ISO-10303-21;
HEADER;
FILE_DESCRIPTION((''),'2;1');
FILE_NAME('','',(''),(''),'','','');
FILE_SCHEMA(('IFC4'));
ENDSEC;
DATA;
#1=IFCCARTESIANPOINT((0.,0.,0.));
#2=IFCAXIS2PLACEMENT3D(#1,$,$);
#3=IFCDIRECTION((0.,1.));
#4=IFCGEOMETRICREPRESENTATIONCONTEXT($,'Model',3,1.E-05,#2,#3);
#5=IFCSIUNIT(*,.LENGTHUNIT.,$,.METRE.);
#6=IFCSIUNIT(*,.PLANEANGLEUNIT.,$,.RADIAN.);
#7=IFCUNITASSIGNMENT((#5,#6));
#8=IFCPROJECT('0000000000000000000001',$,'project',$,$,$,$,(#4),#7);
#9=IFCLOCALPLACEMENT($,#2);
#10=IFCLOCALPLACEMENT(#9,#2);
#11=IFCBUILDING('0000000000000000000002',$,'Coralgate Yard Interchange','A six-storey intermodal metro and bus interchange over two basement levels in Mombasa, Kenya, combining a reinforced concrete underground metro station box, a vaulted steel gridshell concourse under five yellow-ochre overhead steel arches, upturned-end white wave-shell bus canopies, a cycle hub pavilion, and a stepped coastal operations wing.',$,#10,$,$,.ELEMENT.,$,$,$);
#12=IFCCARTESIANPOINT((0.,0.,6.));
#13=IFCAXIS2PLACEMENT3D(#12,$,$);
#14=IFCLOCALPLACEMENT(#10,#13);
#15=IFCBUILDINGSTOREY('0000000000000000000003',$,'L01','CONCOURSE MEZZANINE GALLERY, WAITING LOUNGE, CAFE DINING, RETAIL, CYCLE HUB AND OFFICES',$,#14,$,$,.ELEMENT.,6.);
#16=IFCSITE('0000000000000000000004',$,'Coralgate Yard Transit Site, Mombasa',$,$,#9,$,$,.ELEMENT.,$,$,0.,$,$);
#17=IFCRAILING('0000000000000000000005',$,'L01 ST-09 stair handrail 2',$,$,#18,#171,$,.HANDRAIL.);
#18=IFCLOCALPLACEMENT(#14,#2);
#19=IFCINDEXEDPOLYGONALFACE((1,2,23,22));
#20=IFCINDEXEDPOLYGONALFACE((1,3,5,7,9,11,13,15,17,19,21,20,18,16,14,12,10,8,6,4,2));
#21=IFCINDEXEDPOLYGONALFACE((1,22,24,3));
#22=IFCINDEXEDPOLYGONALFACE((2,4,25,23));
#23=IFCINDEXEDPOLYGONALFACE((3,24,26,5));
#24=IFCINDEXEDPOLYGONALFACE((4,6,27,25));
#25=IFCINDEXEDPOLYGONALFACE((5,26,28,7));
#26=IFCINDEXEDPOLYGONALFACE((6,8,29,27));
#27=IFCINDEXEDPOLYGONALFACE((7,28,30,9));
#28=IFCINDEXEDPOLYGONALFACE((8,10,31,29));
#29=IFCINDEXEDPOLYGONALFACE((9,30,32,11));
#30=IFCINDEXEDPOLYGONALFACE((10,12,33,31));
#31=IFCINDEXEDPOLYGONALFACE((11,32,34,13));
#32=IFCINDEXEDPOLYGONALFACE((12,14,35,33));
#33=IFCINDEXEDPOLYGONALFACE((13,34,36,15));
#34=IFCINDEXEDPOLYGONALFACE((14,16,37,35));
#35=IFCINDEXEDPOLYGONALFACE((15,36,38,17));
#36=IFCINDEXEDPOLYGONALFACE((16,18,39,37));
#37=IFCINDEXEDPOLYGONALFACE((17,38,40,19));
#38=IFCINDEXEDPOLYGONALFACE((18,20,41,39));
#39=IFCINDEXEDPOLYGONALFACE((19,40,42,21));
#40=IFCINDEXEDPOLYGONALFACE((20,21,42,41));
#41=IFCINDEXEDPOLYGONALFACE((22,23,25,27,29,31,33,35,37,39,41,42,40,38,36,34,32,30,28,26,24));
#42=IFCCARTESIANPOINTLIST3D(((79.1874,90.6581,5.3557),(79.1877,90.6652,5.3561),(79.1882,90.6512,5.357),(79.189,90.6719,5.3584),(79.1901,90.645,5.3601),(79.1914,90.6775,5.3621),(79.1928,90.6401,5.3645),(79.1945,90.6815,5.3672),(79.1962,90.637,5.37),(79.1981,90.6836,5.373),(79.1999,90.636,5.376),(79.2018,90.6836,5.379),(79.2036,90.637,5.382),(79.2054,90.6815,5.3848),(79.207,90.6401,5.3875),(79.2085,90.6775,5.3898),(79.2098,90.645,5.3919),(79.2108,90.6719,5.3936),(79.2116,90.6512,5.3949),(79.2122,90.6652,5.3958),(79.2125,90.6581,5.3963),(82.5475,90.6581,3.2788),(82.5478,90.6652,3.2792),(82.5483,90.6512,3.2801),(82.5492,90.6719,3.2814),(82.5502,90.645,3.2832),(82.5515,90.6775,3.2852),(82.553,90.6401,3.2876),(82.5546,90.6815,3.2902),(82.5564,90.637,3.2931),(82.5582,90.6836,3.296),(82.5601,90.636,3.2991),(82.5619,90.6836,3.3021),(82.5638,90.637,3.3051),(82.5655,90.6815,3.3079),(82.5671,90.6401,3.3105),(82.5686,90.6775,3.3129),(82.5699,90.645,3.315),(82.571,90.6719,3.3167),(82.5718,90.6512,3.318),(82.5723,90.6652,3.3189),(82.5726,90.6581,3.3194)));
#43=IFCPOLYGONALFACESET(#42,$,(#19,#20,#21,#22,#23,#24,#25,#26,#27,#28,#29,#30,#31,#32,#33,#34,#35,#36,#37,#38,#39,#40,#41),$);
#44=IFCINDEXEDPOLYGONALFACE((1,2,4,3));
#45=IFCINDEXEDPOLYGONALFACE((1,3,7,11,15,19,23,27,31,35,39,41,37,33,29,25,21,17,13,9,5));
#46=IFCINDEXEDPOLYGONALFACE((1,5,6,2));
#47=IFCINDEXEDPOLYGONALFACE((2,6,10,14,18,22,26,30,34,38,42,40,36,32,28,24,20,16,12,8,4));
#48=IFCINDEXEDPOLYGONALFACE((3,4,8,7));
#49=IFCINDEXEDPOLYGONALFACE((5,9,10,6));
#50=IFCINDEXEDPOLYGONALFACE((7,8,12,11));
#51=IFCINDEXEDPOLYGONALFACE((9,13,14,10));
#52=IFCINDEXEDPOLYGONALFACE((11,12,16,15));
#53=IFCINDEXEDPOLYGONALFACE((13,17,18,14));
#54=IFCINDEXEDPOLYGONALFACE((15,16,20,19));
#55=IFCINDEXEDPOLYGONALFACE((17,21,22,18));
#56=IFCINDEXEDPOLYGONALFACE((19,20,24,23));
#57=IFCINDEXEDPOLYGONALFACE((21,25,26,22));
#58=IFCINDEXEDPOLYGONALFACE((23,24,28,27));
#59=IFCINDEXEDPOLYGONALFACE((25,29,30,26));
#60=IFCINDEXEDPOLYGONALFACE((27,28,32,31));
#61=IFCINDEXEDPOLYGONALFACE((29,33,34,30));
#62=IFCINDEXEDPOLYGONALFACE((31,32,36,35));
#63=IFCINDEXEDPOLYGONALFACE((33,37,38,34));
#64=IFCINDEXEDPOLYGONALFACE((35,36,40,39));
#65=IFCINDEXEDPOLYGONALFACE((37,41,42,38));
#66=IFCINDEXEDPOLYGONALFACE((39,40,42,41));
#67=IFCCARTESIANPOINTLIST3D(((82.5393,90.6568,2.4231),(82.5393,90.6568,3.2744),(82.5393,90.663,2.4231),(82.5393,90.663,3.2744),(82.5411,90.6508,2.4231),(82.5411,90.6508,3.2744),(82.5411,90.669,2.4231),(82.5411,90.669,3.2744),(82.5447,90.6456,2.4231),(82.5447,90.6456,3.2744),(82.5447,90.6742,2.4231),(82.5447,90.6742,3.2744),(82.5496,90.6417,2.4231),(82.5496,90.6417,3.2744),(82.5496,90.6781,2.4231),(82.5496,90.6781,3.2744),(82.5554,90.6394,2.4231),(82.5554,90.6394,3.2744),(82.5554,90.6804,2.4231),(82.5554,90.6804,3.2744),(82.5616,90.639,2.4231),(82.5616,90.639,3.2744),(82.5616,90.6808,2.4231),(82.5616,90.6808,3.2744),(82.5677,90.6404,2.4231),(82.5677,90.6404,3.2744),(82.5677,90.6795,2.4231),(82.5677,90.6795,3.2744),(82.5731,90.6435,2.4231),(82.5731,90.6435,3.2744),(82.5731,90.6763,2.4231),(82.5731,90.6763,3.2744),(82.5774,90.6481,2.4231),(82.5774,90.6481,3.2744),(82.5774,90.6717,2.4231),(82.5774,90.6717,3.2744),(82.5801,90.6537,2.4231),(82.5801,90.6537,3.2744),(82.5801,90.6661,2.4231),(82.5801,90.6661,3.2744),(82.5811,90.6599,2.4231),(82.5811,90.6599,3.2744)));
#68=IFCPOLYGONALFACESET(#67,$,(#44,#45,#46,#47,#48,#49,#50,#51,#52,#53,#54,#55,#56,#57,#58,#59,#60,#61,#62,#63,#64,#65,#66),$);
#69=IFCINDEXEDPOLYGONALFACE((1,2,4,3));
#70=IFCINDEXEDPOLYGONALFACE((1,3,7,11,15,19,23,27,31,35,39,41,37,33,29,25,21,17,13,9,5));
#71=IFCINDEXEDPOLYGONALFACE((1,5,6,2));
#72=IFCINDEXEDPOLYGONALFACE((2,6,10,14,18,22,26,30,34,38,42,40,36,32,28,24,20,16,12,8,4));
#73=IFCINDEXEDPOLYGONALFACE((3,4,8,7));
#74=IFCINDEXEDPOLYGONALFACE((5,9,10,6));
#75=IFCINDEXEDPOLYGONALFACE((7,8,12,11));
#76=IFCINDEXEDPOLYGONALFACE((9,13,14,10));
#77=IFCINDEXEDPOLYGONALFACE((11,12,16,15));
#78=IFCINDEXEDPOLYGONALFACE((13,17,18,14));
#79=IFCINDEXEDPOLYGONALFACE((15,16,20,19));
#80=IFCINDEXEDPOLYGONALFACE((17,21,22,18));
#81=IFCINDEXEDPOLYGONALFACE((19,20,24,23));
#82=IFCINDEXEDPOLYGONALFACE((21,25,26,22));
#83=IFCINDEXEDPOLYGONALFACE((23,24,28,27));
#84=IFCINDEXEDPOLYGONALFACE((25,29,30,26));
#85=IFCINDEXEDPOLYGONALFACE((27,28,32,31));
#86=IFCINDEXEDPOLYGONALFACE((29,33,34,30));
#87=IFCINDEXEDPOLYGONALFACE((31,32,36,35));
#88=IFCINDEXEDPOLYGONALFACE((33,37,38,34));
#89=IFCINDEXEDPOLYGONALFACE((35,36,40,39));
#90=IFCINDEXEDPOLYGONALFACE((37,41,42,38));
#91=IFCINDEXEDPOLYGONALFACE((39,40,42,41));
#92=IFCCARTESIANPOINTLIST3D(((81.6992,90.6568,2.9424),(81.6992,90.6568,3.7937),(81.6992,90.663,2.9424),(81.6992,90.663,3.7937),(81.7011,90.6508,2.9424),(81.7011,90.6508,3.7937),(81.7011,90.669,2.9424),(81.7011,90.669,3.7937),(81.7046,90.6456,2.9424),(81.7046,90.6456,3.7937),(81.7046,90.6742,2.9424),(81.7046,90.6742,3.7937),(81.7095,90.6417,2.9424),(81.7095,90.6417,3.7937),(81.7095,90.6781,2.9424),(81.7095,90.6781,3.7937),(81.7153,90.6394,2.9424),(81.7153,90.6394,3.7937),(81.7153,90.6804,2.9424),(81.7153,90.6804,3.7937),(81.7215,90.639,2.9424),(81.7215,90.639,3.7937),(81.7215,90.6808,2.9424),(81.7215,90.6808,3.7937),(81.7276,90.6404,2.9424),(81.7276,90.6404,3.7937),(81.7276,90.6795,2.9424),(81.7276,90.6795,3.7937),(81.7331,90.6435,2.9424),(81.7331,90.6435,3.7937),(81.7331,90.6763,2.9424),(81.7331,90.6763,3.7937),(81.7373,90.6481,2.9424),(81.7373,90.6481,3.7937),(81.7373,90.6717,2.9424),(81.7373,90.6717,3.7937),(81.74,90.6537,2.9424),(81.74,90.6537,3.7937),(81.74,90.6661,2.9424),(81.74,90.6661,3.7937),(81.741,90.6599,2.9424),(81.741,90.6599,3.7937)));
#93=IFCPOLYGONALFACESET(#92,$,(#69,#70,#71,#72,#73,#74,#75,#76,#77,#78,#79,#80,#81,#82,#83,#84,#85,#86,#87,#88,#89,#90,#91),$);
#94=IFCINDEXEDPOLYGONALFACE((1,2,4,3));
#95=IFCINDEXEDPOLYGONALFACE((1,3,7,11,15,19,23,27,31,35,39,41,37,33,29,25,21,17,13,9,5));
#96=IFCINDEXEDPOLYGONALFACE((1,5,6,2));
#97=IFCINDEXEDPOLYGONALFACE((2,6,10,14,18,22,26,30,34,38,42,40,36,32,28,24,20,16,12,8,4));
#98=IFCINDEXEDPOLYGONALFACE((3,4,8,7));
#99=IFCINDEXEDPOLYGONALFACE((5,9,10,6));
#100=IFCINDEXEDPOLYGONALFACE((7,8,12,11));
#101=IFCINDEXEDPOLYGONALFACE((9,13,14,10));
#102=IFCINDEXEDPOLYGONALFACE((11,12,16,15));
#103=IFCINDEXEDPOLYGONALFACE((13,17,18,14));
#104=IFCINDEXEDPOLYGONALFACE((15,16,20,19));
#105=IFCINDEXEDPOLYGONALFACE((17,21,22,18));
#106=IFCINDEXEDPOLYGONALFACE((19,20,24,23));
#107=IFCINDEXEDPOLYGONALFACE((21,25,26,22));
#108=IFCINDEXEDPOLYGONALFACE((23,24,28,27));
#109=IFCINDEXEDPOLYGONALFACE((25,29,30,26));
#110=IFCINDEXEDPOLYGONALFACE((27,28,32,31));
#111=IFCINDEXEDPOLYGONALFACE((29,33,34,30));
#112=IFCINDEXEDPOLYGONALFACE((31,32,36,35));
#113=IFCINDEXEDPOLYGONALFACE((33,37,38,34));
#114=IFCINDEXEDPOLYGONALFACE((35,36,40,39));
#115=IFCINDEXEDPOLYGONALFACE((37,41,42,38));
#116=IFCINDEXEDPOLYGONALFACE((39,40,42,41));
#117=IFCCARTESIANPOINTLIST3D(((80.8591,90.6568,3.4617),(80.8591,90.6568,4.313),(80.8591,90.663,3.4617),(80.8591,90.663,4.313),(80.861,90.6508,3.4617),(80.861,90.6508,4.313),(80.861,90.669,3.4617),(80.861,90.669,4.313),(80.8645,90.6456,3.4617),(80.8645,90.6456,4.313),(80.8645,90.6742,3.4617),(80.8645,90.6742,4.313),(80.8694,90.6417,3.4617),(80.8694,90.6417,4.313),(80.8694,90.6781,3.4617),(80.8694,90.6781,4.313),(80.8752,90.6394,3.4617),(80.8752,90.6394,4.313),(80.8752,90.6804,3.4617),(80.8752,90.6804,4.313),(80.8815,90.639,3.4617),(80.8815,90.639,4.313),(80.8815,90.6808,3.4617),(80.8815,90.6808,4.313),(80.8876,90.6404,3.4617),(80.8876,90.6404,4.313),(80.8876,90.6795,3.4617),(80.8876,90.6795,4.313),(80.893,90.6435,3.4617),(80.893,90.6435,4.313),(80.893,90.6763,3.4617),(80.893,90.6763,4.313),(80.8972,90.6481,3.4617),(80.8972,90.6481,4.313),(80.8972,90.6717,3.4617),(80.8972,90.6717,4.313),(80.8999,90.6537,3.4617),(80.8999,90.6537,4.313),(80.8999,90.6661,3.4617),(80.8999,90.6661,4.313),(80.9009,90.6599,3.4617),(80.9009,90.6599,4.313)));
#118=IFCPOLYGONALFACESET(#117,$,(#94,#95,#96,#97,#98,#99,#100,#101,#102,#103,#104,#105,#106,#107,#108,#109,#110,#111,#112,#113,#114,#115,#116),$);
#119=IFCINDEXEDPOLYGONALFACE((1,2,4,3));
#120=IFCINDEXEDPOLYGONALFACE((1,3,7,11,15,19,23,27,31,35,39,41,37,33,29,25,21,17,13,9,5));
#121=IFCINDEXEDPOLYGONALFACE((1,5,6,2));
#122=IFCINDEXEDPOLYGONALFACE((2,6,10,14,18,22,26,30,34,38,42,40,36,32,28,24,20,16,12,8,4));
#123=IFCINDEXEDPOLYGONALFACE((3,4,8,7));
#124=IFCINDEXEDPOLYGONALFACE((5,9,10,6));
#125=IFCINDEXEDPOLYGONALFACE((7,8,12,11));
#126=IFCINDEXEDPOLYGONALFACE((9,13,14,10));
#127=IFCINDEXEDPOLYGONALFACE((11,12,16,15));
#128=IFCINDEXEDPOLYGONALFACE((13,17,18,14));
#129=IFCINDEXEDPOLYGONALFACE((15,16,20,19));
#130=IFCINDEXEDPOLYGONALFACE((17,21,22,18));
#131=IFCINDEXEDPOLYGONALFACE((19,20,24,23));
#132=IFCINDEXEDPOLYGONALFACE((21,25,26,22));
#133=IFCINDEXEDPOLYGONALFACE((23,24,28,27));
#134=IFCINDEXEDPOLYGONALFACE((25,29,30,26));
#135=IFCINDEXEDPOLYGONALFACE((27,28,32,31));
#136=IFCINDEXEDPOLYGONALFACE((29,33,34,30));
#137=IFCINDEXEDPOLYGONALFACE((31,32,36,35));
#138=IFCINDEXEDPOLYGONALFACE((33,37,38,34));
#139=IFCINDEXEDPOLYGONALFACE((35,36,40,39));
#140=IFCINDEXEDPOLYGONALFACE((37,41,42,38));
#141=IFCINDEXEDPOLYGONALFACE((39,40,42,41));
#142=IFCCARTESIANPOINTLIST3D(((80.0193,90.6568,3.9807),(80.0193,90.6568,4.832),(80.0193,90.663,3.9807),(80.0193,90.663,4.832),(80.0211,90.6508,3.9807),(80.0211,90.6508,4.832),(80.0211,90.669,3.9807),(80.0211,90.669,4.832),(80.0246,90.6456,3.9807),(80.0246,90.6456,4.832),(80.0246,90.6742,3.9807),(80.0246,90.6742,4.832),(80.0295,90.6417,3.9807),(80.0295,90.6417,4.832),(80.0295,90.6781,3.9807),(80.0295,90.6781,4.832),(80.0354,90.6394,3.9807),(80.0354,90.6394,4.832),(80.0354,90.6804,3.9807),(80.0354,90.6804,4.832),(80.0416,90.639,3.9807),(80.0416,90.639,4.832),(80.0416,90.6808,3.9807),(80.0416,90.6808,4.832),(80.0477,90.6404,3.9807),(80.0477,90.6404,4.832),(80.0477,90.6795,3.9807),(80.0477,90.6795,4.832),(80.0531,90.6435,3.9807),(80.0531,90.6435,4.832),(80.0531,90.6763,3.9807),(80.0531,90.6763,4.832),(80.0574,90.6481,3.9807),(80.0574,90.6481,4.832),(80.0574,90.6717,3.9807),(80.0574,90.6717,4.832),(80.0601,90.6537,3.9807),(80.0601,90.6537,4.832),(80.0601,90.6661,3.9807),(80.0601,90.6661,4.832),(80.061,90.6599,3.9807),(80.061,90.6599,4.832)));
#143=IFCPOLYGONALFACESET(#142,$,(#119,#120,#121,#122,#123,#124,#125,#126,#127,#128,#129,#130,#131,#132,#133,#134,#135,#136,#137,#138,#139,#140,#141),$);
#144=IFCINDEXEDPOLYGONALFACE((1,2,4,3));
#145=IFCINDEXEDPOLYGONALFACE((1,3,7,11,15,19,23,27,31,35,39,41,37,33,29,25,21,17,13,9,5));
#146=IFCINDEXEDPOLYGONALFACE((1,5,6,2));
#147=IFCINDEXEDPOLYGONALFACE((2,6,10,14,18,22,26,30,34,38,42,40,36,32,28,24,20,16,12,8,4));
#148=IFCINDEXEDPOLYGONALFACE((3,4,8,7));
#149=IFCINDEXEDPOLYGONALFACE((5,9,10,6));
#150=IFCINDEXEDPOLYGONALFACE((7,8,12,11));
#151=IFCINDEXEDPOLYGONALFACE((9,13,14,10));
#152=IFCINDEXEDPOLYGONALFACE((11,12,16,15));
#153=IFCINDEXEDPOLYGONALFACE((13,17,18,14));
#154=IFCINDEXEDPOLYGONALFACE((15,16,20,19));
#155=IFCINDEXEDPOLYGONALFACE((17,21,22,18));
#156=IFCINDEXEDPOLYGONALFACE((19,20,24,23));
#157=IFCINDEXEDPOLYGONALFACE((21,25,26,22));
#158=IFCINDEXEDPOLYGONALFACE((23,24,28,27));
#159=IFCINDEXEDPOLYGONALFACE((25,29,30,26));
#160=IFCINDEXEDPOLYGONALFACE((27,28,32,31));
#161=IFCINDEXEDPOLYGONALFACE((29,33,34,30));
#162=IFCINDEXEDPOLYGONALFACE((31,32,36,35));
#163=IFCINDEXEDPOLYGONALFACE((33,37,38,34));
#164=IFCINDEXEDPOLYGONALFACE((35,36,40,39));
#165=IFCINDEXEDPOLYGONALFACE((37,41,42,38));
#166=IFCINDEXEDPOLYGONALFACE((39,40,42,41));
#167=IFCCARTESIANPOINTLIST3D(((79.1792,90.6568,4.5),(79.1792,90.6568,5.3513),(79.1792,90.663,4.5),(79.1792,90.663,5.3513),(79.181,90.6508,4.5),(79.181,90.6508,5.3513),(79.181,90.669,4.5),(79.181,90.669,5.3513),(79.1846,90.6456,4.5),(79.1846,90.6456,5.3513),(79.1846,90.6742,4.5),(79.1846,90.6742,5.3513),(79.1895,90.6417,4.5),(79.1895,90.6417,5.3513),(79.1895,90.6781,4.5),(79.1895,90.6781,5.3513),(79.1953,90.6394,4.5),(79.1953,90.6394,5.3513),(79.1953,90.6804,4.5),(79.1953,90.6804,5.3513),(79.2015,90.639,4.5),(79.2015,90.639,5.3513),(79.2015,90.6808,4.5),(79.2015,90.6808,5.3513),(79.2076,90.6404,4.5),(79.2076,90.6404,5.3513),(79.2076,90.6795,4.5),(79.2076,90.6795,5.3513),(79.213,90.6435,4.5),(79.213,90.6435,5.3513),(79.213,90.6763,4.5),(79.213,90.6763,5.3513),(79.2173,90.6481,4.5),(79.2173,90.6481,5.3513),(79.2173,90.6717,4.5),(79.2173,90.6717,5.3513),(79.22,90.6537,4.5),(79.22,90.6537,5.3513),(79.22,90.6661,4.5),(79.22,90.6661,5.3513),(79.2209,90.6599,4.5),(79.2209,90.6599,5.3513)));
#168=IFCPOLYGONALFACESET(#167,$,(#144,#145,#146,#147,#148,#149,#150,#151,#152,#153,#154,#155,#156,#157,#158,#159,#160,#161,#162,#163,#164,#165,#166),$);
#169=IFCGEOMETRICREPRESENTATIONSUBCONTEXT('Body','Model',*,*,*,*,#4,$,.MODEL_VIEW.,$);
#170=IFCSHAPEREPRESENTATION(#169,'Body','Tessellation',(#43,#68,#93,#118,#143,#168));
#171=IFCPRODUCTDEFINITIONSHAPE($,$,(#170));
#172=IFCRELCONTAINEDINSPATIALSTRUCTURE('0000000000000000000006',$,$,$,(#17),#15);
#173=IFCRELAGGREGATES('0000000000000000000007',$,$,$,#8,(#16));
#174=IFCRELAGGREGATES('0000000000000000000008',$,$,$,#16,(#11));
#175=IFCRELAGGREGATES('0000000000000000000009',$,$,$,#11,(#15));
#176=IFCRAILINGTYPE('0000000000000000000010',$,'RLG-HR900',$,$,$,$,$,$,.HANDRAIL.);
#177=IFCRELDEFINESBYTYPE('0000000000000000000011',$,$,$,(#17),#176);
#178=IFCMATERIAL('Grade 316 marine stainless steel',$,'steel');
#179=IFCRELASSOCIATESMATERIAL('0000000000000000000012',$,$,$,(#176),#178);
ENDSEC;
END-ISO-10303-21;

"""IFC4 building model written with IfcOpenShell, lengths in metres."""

from ifc_helpers import new_model, si_unit, direction, frame, origin, origin_2d, place, context, subcontext, project, spatial, circle, extrude, material, type_object, element, save


model = new_model("IFC4")

# Units and contexts
model_context = context("Model", 3, precision=1e-05, world=origin(), true_north=direction((0.0, 1.0)))
body_context = subcontext(model_context, "Body", "Model", "MODEL_VIEW")
ifc_project = project(units=[si_unit("LENGTHUNIT", "METRE"), si_unit("PLANEANGLEUNIT", "RADIAN")], contexts=[model_context])

# Site, building, storey
site_placement = place(None, origin())
site = spatial("IfcSite", under=ifc_project, at=site_placement, Name="Coralgate Yard Transit Site, Mombasa", CompositionType="ELEMENT", RefElevation=0.0)
building_placement = place(site_placement, origin())
building = spatial("IfcBuilding", under=site, at=building_placement, Name="Coralgate Yard Interchange", Description="A six-storey intermodal metro and bus interchange over two basement levels in Mombasa, Kenya, combining a reinforced concrete underground metro station box, a vaulted steel gridshell concourse under five yellow-ochre overhead steel arches, upturned-end white wave-shell bus canopies, a cycle hub pavilion, and a stepped coastal operations wing.", CompositionType="ELEMENT")
storey_placement = place(building_placement, frame((0.0, 0.0, 6.0)))
storey = spatial("IfcBuildingStorey", under=building, at=storey_placement, Name="L01", Description="CONCOURSE MEZZANINE GALLERY, WAITING LOUNGE, CAFE DINING, RETAIL, CYCLE HUB AND OFFICES", CompositionType="ELEMENT", Elevation=6.0)

# Railing
ifc_material_1 = material(Name="Grade 316 marine stainless steel", Category="steel")
railing_type_1 = type_object("IfcRailingType", Name="RLG-HR900", PredefinedType="HANDRAIL", material=ifc_material_1)
railing_1_placement = place(storey_placement, frame((82.5601, 90.6599, 2.4231)))
element("IfcRailing", 1, at=railing_1_placement, inside=storey, type_object=railing_type_1, Name="L01 ST-09 stair handrail 2", PredefinedType="HANDRAIL", context=body_context, shape_type="SweptSolid", body=[
    extrude(circle(Radius=0.0239, at=origin_2d()), frame((0.0, 0.0, 0.876), z_axis=(-0.850623, 0.0, 0.525776), x_axis=(0.0, -1.0, 0.0)), (0.0, 0.0, 1.0), 3.9502),
    extrude(circle(Radius=0.021, at=origin_2d()), origin(), (0.0, 0.0, 1.0), 0.8513),
    extrude(circle(Radius=0.021, at=origin_2d()), frame((-0.8401, 0.0, 0.5193)), (0.0, 0.0, 1.0), 0.8513),
    extrude(circle(Radius=0.021, at=origin_2d()), frame((-1.6802, 0.0, 1.0386)), (0.0, 0.0, 1.0), 0.8513),
    extrude(circle(Radius=0.021, at=origin_2d()), frame((-2.52, 0.0, 1.5576)), (0.0, 0.0, 1.0), 0.8513),
    extrude(circle(Radius=0.021, at=origin_2d()), frame((-3.3601, 0.0, 2.0769)), (0.0, 0.0, 1.0), 0.8513),
])

save(model, "model.ifc")
